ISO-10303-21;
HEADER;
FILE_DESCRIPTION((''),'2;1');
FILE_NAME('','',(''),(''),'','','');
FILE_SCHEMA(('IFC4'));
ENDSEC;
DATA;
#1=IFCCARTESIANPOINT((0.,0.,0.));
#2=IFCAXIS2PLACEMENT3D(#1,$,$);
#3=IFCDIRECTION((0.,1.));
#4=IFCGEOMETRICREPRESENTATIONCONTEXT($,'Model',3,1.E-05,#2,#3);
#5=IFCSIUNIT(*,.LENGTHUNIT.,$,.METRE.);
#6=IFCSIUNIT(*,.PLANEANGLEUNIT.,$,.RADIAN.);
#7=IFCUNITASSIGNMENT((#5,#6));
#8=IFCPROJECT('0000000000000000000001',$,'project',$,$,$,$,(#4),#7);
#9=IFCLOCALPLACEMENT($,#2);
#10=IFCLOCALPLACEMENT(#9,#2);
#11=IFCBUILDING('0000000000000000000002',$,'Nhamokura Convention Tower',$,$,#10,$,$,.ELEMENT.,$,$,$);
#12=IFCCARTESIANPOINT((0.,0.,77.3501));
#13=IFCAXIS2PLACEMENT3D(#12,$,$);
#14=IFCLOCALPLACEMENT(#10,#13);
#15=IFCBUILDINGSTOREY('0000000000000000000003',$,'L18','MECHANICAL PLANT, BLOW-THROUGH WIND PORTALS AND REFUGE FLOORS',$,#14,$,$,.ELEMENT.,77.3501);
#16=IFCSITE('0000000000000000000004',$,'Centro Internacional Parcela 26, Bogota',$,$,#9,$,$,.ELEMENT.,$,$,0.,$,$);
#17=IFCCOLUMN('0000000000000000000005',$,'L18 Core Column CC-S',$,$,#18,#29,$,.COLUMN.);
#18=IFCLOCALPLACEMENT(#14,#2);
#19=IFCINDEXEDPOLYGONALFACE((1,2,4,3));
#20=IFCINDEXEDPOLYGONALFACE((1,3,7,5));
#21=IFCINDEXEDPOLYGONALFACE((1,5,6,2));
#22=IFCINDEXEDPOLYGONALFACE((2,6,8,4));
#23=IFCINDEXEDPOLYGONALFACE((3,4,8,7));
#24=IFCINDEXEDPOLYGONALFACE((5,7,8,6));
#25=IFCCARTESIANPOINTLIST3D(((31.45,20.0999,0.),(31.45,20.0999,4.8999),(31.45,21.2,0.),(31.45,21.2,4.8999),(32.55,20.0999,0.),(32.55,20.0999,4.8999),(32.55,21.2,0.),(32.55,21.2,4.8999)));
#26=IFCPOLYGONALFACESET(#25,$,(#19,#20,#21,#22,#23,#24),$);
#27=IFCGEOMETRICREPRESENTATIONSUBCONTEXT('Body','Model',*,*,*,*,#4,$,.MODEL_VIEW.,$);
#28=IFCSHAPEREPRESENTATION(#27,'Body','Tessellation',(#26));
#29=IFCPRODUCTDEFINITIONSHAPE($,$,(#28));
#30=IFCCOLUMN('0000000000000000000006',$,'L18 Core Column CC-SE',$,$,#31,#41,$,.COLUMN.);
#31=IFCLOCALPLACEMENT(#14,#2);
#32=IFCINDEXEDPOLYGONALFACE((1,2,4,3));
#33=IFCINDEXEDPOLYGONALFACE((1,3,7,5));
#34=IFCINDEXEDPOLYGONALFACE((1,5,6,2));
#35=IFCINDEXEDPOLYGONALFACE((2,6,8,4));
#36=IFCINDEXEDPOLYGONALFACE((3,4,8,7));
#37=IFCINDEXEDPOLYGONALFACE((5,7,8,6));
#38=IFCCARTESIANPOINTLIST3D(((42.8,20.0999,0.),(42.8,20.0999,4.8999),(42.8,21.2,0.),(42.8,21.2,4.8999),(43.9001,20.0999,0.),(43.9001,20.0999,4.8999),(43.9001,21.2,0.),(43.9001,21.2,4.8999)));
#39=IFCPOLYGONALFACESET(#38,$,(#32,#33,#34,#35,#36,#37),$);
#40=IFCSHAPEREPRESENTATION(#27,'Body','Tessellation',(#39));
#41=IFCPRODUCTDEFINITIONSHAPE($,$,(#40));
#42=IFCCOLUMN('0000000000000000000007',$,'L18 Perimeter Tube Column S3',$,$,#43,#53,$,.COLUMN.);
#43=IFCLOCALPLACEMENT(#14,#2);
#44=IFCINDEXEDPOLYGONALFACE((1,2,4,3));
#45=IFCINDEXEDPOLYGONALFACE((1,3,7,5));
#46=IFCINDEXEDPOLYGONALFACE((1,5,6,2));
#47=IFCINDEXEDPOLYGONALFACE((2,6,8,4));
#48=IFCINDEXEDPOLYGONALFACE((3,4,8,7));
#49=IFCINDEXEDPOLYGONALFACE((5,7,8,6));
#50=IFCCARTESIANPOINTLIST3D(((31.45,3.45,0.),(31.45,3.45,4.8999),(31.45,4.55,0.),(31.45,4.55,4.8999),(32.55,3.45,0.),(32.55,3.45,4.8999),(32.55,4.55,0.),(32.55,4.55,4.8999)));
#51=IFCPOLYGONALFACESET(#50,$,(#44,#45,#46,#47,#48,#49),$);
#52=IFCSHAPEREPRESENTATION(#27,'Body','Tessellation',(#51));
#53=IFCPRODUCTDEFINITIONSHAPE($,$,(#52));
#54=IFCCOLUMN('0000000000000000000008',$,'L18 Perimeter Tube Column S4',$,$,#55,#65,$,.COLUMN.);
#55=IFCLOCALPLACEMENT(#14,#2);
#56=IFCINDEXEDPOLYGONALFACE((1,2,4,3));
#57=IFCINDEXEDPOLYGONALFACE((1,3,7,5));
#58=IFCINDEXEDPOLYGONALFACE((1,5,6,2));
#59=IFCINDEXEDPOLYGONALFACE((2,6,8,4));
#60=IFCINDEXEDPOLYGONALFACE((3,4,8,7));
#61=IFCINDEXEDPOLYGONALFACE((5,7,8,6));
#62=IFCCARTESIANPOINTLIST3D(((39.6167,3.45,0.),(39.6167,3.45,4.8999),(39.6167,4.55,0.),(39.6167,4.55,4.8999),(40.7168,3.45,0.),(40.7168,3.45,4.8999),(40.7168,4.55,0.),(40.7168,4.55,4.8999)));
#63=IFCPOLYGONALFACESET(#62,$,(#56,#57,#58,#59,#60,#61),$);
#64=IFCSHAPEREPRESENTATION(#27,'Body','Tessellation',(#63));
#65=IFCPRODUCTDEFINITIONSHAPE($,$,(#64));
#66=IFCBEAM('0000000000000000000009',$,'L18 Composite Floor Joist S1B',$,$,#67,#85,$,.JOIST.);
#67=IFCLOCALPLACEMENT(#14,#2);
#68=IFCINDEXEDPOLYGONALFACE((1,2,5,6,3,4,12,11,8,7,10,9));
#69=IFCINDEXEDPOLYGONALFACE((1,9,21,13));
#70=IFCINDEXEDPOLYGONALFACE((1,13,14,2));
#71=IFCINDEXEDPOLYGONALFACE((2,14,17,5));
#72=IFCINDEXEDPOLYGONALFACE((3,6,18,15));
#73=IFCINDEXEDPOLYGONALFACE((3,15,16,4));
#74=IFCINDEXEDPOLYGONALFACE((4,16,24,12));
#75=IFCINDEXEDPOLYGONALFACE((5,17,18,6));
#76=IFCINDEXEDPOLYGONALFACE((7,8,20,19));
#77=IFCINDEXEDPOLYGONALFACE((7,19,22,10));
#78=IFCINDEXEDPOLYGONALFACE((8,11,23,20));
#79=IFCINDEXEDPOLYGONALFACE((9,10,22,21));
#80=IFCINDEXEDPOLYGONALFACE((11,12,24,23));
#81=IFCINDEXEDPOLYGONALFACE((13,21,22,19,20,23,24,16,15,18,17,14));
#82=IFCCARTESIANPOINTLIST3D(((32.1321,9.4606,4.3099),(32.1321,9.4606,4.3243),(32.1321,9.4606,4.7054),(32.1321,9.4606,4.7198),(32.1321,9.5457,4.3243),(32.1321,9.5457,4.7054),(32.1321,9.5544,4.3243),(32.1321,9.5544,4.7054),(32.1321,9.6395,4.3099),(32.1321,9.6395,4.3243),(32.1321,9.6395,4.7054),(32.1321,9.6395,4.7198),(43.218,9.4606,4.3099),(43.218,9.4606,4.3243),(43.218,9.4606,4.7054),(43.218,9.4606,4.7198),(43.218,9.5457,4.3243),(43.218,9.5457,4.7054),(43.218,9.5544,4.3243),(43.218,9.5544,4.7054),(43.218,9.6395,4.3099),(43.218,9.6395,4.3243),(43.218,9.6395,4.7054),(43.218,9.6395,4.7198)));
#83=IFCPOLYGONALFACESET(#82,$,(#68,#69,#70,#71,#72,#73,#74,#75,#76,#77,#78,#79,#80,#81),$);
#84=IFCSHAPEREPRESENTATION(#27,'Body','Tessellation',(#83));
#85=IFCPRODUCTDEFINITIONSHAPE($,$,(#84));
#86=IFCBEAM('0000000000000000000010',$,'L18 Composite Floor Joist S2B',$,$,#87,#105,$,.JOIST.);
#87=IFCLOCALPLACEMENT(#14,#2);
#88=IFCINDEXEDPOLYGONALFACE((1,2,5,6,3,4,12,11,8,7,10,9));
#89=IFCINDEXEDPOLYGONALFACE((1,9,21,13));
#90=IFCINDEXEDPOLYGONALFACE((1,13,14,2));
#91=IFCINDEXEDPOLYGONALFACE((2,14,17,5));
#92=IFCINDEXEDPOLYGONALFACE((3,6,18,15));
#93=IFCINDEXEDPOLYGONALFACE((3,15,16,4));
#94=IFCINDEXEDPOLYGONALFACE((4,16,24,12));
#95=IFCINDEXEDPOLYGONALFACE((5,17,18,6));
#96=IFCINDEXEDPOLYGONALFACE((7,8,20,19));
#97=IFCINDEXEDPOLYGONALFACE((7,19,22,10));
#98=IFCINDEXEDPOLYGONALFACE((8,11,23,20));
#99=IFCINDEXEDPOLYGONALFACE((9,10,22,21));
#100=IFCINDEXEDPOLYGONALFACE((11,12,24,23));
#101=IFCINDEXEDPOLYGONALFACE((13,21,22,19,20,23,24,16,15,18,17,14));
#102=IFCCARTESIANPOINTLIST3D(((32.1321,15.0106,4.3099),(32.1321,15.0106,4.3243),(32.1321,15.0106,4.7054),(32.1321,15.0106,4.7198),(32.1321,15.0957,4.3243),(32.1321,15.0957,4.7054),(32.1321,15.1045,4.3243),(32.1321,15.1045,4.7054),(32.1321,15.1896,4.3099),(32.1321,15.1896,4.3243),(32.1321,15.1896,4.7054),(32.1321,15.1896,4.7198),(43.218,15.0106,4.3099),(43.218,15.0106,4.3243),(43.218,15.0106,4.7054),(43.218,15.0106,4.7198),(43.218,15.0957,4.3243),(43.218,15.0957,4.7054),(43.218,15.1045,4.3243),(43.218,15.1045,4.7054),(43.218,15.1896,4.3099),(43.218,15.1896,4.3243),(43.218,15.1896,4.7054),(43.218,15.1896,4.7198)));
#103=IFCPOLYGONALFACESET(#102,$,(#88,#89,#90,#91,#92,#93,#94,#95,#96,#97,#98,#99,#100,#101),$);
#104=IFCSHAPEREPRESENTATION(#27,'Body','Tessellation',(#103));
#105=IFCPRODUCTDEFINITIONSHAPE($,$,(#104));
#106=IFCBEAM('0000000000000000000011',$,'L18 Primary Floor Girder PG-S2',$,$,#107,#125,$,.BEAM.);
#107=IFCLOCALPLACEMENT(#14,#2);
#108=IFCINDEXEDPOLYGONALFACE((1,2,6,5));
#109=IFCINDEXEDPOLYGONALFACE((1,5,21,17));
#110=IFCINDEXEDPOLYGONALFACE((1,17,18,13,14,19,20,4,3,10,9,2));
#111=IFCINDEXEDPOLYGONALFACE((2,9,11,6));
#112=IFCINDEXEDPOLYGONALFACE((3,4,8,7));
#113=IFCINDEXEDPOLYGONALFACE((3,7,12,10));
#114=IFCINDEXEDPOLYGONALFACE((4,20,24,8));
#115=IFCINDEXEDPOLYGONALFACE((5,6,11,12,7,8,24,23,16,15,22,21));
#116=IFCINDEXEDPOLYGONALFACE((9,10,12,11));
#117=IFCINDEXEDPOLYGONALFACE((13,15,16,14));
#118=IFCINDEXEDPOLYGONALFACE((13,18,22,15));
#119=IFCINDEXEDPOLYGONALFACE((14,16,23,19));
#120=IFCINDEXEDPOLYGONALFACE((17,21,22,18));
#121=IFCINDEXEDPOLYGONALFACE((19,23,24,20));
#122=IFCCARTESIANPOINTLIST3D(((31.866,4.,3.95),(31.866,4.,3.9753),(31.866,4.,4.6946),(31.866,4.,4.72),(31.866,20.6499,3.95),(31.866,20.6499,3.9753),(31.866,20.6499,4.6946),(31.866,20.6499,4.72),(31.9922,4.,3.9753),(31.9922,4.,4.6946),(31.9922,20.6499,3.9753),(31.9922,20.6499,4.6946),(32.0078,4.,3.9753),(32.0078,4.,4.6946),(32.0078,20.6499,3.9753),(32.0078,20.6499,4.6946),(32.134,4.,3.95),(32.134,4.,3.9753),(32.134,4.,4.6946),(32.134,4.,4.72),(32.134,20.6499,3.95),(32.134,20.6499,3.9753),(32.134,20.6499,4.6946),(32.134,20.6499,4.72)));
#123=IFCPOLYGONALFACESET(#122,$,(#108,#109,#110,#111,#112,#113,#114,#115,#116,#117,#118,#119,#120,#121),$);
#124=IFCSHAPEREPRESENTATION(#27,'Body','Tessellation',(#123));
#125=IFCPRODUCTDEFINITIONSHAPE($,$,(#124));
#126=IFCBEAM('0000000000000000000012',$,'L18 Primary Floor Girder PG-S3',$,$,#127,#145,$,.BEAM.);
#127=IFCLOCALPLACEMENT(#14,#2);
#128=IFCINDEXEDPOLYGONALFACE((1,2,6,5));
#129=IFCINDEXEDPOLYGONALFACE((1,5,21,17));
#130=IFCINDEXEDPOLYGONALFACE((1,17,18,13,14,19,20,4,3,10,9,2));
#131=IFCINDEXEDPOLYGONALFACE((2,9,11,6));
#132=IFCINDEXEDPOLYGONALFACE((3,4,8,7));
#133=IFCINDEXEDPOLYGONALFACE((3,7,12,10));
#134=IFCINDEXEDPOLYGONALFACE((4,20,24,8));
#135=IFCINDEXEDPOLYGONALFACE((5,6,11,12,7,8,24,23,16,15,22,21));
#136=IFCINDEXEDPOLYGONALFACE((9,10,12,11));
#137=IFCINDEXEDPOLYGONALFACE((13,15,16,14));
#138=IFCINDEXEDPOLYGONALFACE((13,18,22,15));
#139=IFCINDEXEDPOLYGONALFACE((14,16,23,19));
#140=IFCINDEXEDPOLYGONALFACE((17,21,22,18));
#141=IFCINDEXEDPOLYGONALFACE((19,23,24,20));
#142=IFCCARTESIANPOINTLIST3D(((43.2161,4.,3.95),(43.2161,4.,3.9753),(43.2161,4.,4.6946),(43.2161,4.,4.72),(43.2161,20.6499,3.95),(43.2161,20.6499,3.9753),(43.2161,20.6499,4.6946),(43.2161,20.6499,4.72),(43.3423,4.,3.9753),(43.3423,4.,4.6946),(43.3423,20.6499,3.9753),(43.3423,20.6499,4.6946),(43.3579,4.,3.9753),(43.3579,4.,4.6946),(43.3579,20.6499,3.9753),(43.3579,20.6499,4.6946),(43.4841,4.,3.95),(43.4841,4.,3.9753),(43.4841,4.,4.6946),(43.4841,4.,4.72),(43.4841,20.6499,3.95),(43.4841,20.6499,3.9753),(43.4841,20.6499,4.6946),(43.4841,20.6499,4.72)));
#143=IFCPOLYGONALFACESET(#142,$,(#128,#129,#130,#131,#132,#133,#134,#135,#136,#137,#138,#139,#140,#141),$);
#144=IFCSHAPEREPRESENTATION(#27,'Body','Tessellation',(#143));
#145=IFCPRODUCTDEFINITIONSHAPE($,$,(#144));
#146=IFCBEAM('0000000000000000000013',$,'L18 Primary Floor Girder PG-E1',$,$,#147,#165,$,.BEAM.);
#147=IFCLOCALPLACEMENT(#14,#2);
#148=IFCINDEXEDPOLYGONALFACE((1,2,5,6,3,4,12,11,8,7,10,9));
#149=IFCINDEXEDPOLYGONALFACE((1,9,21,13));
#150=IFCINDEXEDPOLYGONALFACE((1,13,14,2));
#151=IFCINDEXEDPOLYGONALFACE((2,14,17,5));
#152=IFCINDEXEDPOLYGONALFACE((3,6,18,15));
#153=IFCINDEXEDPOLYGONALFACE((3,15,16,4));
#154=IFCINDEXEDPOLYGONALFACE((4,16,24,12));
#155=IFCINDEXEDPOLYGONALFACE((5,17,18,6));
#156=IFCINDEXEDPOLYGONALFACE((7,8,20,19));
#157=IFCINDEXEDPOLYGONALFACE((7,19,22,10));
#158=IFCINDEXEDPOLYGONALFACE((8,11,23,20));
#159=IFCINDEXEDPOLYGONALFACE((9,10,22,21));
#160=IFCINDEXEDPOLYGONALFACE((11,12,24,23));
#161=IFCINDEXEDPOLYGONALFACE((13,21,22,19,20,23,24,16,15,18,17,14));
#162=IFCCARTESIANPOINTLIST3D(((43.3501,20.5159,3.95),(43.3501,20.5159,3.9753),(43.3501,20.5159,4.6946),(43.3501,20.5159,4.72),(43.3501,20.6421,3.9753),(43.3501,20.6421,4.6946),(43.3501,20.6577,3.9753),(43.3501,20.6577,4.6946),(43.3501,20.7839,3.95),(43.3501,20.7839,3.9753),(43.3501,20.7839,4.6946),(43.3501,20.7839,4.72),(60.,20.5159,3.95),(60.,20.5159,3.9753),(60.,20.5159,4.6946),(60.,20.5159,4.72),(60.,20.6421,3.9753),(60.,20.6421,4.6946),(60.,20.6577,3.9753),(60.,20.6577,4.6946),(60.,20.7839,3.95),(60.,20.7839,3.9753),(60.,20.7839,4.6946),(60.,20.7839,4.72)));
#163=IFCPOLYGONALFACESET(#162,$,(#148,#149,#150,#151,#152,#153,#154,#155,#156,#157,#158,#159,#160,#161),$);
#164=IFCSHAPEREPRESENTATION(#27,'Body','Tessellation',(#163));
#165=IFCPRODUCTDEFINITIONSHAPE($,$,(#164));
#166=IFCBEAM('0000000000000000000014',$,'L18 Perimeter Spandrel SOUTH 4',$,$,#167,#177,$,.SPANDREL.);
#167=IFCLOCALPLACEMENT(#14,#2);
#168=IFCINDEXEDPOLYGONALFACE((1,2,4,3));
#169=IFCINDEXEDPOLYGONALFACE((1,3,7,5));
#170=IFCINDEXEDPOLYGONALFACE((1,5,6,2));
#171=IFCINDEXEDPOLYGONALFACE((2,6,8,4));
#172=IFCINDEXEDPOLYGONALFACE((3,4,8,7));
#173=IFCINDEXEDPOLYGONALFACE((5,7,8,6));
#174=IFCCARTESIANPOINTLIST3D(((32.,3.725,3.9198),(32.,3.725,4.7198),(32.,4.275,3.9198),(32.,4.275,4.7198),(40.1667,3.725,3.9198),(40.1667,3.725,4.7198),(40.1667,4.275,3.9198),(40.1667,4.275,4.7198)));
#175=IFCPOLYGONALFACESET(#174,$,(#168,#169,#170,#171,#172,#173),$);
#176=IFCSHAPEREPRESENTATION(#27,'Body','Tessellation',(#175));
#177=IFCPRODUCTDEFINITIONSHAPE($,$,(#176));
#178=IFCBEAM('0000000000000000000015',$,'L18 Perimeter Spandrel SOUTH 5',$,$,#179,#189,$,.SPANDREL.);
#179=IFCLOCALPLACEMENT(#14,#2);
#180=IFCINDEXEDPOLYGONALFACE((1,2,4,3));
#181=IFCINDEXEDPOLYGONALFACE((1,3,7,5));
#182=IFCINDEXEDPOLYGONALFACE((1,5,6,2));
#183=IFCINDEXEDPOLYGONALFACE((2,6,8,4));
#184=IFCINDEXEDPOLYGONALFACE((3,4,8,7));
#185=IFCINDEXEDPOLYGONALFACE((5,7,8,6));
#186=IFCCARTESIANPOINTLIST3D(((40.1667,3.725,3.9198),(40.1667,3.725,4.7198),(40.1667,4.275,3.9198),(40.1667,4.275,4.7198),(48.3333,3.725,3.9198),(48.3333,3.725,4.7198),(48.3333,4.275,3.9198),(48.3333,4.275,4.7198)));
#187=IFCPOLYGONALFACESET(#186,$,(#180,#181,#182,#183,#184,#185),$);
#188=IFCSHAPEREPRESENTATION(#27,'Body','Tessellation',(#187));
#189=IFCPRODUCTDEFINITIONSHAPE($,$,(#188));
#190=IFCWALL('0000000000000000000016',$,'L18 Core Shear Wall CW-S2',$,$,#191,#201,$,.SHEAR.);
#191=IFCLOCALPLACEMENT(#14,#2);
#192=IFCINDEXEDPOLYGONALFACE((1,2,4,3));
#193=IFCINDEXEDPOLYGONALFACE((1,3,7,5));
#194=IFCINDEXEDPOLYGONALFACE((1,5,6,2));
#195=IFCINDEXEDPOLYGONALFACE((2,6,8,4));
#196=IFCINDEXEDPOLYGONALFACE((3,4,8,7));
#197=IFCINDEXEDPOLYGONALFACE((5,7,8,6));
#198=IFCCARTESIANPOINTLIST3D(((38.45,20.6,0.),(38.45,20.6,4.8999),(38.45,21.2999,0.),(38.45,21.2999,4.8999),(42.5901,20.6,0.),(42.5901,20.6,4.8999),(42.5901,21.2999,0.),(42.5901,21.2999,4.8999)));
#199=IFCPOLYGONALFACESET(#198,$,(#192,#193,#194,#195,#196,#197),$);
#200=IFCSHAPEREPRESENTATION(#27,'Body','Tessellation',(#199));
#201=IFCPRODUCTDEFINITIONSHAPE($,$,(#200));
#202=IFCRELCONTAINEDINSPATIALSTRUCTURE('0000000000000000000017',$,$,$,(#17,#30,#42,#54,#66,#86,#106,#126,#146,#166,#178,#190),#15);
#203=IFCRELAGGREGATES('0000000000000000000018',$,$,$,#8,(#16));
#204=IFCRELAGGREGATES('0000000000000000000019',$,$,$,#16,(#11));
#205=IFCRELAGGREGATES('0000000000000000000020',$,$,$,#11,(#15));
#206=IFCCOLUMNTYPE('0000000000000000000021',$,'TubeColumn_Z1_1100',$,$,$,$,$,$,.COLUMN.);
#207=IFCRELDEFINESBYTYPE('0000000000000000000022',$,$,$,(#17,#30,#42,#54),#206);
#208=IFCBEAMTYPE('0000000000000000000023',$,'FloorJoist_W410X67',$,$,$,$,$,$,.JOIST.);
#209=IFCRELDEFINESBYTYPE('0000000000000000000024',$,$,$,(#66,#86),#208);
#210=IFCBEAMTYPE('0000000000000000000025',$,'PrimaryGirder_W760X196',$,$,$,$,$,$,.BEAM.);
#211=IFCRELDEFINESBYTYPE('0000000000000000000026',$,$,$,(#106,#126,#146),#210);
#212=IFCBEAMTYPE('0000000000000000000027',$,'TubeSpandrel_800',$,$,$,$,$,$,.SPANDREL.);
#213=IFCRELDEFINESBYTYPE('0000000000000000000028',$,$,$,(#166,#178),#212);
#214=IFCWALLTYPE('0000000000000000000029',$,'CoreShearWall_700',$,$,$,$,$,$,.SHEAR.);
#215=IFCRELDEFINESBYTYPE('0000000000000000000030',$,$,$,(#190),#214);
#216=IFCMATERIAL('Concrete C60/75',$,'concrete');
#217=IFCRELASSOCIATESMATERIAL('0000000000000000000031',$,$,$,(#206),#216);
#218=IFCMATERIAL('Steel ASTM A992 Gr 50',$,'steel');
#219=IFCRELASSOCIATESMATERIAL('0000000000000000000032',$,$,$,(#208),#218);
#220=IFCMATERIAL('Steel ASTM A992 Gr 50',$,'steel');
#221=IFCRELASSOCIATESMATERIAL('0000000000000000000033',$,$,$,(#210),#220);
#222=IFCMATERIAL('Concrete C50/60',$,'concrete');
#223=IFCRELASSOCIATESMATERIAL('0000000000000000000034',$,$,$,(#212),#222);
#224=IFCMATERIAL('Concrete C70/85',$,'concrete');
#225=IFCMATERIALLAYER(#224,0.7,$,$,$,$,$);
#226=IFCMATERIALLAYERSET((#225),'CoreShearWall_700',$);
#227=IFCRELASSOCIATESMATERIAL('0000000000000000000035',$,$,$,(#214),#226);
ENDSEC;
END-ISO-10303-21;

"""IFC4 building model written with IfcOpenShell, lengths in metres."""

from ifc_helpers import new_model, si_unit, direction, frame, frame_2d, origin, origin_2d, place, context, subcontext, project, spatial, rectangle, i_section, extrude, material, layer, layer_set, material_profile, profile_set, type_object, element, save


model = new_model("IFC4")

# Units and contexts
model_context = context("Model", 3, precision=1e-05, world=origin(), true_north=direction((0.0, 1.0)))
body_context = subcontext(model_context, "Body", "Model", "MODEL_VIEW")
ifc_project = project(units=[si_unit("LENGTHUNIT", "METRE"), si_unit("PLANEANGLEUNIT", "RADIAN")], contexts=[model_context])

# Site, building, storey
site_placement = place(None, origin())
site = spatial("IfcSite", under=ifc_project, at=site_placement, Name="Centro Internacional Parcela 26, Bogota", CompositionType="ELEMENT", RefElevation=0.0)
building_placement = place(site_placement, origin())
building = spatial("IfcBuilding", under=site, at=building_placement, Name="Nhamokura Convention Tower", CompositionType="ELEMENT")
storey_placement = place(building_placement, frame((0.0, 0.0, 77.3501)))
storey = spatial("IfcBuildingStorey", under=building, at=storey_placement, Name="L18", Description="MECHANICAL PLANT, BLOW-THROUGH WIND PORTALS AND REFUGE FLOORS", CompositionType="ELEMENT", Elevation=77.3501)

# Columns
ifc_material_1 = material(Name="Concrete C60/75", Category="concrete")
ifc_material_profile_1 = material_profile(ifc_material_1, rectangle(XDim=1.1001, YDim=1.1001, at=origin_2d()))
ifc_profile_set_1 = profile_set([ifc_material_profile_1], Name="Concrete C60/75")
column_type = type_object("IfcColumnType", Name="TubeColumn_Z1_1100", PredefinedType="COLUMN", material=ifc_profile_set_1)
for number, where, z_axis, x_axis, name in (
    (1, (32.0, 20.6499, 0.0), (0.0, 0.0, 1.0), (1.0, 0.0, 0.0), "L18 Core Column CC-S"),
    (2, (43.3501, 20.6499, 0.0), (0.0, 0.0, 1.0), (1.0, 0.0, 0.0), "L18 Core Column CC-SE"),
    (3, (32.0, 4.0, 0.0), (0.0, 0.0, 1.0), (1.0, 0.0, 0.0), "L18 Perimeter Tube Column S3"),
    (4, (40.1667, 4.0, 0.0), (0.0, 0.0, 1.0), (1.0, 0.0, 0.0), "L18 Perimeter Tube Column S4"),
):
    element("IfcColumn", number, at=place(storey_placement, frame(where, z_axis=z_axis, x_axis=x_axis)), inside=storey, type_object=column_type, Name=name, PredefinedType="COLUMN", context=body_context, shape_type="SweptSolid", body=[
        extrude(rectangle(XDim=1.1001, YDim=1.1001, at=origin_2d()), origin(), (0.0, 0.0, 1.0), 4.8999),
    ])

# Beams
ifc_material_2 = material(Name="Steel ASTM A992 Gr 50", Category="steel")
ifc_material_profile_2 = material_profile(ifc_material_2, i_section(OverallWidth=0.179, OverallDepth=0.4099, WebThickness=0.0088, FlangeThickness=0.0144, at=origin_2d()))
ifc_profile_set_2 = profile_set([ifc_material_profile_2], Name="Steel ASTM A992 Gr 50")
beam_type_1 = type_object("IfcBeamType", Name="FloorJoist_W410X67", PredefinedType="JOIST", material=ifc_profile_set_2)
for number, where, z_axis, x_axis, name in (
    (5, (32.1321, 9.55, 4.5149), (1.0, 0.0, 0.0), (0.0, 1.0, 0.0), "L18 Composite Floor Joist S1B"),
    (6, (32.1321, 15.1001, 4.5149), (1.0, 0.0, 0.0), (0.0, 1.0, 0.0), "L18 Composite Floor Joist S2B"),
):
    element("IfcBeam", number, at=place(storey_placement, frame(where, z_axis=z_axis, x_axis=x_axis)), inside=storey, type_object=beam_type_1, Name=name, PredefinedType="JOIST", context=body_context, shape_type="SweptSolid", body=[
        extrude(i_section(OverallWidth=0.179, OverallDepth=0.4099, WebThickness=0.0088, FlangeThickness=0.0144, at=origin_2d()), origin(), (0.0, 0.0, 1.0), 11.0859),
    ])
ifc_material_3 = material(Name="Steel ASTM A992 Gr 50", Category="steel")
ifc_material_profile_3 = material_profile(ifc_material_3, i_section(OverallWidth=0.2681, OverallDepth=0.77, WebThickness=0.0156, FlangeThickness=0.0254, at=origin_2d()))
ifc_profile_set_3 = profile_set([ifc_material_profile_3], Name="Steel ASTM A992 Gr 50")
beam_type_2 = type_object("IfcBeamType", Name="PrimaryGirder_W760X196", PredefinedType="BEAM", material=ifc_profile_set_3)
for number, where, z_axis, x_axis, name in (
    (7, (32.0, 4.0, 4.335), (0.0, 1.0, 0.0), (-1.0, 0.0, 0.0), "L18 Primary Floor Girder PG-S2"),
    (8, (43.3501, 4.0, 4.335), (0.0, 1.0, 0.0), (-1.0, 0.0, 0.0), "L18 Primary Floor Girder PG-S3"),
    (9, (43.3501, 20.6499, 4.335), (1.0, 0.0, 0.0), (0.0, 1.0, 0.0), "L18 Primary Floor Girder PG-E1"),
):
    element("IfcBeam", number, at=place(storey_placement, frame(where, z_axis=z_axis, x_axis=x_axis)), inside=storey, type_object=beam_type_2, Name=name, PredefinedType="BEAM", context=body_context, shape_type="SweptSolid", body=[
        extrude(i_section(OverallWidth=0.2681, OverallDepth=0.77, WebThickness=0.0156, FlangeThickness=0.0254, at=origin_2d()), origin(), (0.0, 0.0, 1.0), 16.6499),
    ])
ifc_material_4 = material(Name="Concrete C50/60", Category="concrete")
ifc_material_profile_4 = material_profile(ifc_material_4, rectangle(XDim=0.55, YDim=0.8, at=origin_2d()))
ifc_profile_set_4 = profile_set([ifc_material_profile_4], Name="Concrete C50/60")
beam_type_3 = type_object("IfcBeamType", Name="TubeSpandrel_800", PredefinedType="SPANDREL", material=ifc_profile_set_4)
beam_1_placement = place(storey_placement, frame((32.0, 4.0, 4.3198), z_axis=(1.0, 0.0, 0.0), x_axis=(0.0, 1.0, 0.0)))
element("IfcBeam", 10, at=beam_1_placement, inside=storey, type_object=beam_type_3, Name="L18 Perimeter Spandrel SOUTH 4", PredefinedType="SPANDREL", context=body_context, shape_type="SweptSolid", body=[
    extrude(rectangle(XDim=0.55, YDim=0.8, at=origin_2d()), origin(), (0.0, 0.0, 1.0), 8.1667),
])
beam_2_placement = place(storey_placement, frame((40.1667, 4.0, 4.3198), z_axis=(1.0, 0.0, 0.0), x_axis=(0.0, 1.0, 0.0)))
element("IfcBeam", 11, at=beam_2_placement, inside=storey, type_object=beam_type_3, Name="L18 Perimeter Spandrel SOUTH 5", PredefinedType="SPANDREL", context=body_context, shape_type="SweptSolid", body=[
    extrude(rectangle(XDim=0.55, YDim=0.8, at=origin_2d()), origin(), (0.0, 0.0, 1.0), 8.1665),
])

# Shared definitions
ifc_material_5 = material(Name="Concrete C70/85", Category="concrete")
ifc_layer_1 = layer(ifc_material_5, 0.7)
ifc_layer_set_1 = layer_set([ifc_layer_1], Name="CoreShearWall_700")
wall_type_1 = type_object("IfcWallType", Name="CoreShearWall_700", PredefinedType="SHEAR", material=ifc_layer_set_1)

# Wall
wall_1_placement = place(storey_placement, frame((38.45, 20.95, 0.0), z_axis=(0.0, 0.0, 1.0), x_axis=(1.0, 0.0, 0.0)))
element("IfcWall", 12, at=wall_1_placement, inside=storey, type_object=wall_type_1, Name="L18 Core Shear Wall CW-S2", PredefinedType="SHEAR", context=body_context, shape_type="SweptSolid", body=[
    extrude(rectangle(XDim=4.1401, YDim=0.7, at=frame_2d((2.0701, 0.0))), origin(), (0.0, 0.0, 1.0), 4.8999),
])

save(model, "model.ifc")
